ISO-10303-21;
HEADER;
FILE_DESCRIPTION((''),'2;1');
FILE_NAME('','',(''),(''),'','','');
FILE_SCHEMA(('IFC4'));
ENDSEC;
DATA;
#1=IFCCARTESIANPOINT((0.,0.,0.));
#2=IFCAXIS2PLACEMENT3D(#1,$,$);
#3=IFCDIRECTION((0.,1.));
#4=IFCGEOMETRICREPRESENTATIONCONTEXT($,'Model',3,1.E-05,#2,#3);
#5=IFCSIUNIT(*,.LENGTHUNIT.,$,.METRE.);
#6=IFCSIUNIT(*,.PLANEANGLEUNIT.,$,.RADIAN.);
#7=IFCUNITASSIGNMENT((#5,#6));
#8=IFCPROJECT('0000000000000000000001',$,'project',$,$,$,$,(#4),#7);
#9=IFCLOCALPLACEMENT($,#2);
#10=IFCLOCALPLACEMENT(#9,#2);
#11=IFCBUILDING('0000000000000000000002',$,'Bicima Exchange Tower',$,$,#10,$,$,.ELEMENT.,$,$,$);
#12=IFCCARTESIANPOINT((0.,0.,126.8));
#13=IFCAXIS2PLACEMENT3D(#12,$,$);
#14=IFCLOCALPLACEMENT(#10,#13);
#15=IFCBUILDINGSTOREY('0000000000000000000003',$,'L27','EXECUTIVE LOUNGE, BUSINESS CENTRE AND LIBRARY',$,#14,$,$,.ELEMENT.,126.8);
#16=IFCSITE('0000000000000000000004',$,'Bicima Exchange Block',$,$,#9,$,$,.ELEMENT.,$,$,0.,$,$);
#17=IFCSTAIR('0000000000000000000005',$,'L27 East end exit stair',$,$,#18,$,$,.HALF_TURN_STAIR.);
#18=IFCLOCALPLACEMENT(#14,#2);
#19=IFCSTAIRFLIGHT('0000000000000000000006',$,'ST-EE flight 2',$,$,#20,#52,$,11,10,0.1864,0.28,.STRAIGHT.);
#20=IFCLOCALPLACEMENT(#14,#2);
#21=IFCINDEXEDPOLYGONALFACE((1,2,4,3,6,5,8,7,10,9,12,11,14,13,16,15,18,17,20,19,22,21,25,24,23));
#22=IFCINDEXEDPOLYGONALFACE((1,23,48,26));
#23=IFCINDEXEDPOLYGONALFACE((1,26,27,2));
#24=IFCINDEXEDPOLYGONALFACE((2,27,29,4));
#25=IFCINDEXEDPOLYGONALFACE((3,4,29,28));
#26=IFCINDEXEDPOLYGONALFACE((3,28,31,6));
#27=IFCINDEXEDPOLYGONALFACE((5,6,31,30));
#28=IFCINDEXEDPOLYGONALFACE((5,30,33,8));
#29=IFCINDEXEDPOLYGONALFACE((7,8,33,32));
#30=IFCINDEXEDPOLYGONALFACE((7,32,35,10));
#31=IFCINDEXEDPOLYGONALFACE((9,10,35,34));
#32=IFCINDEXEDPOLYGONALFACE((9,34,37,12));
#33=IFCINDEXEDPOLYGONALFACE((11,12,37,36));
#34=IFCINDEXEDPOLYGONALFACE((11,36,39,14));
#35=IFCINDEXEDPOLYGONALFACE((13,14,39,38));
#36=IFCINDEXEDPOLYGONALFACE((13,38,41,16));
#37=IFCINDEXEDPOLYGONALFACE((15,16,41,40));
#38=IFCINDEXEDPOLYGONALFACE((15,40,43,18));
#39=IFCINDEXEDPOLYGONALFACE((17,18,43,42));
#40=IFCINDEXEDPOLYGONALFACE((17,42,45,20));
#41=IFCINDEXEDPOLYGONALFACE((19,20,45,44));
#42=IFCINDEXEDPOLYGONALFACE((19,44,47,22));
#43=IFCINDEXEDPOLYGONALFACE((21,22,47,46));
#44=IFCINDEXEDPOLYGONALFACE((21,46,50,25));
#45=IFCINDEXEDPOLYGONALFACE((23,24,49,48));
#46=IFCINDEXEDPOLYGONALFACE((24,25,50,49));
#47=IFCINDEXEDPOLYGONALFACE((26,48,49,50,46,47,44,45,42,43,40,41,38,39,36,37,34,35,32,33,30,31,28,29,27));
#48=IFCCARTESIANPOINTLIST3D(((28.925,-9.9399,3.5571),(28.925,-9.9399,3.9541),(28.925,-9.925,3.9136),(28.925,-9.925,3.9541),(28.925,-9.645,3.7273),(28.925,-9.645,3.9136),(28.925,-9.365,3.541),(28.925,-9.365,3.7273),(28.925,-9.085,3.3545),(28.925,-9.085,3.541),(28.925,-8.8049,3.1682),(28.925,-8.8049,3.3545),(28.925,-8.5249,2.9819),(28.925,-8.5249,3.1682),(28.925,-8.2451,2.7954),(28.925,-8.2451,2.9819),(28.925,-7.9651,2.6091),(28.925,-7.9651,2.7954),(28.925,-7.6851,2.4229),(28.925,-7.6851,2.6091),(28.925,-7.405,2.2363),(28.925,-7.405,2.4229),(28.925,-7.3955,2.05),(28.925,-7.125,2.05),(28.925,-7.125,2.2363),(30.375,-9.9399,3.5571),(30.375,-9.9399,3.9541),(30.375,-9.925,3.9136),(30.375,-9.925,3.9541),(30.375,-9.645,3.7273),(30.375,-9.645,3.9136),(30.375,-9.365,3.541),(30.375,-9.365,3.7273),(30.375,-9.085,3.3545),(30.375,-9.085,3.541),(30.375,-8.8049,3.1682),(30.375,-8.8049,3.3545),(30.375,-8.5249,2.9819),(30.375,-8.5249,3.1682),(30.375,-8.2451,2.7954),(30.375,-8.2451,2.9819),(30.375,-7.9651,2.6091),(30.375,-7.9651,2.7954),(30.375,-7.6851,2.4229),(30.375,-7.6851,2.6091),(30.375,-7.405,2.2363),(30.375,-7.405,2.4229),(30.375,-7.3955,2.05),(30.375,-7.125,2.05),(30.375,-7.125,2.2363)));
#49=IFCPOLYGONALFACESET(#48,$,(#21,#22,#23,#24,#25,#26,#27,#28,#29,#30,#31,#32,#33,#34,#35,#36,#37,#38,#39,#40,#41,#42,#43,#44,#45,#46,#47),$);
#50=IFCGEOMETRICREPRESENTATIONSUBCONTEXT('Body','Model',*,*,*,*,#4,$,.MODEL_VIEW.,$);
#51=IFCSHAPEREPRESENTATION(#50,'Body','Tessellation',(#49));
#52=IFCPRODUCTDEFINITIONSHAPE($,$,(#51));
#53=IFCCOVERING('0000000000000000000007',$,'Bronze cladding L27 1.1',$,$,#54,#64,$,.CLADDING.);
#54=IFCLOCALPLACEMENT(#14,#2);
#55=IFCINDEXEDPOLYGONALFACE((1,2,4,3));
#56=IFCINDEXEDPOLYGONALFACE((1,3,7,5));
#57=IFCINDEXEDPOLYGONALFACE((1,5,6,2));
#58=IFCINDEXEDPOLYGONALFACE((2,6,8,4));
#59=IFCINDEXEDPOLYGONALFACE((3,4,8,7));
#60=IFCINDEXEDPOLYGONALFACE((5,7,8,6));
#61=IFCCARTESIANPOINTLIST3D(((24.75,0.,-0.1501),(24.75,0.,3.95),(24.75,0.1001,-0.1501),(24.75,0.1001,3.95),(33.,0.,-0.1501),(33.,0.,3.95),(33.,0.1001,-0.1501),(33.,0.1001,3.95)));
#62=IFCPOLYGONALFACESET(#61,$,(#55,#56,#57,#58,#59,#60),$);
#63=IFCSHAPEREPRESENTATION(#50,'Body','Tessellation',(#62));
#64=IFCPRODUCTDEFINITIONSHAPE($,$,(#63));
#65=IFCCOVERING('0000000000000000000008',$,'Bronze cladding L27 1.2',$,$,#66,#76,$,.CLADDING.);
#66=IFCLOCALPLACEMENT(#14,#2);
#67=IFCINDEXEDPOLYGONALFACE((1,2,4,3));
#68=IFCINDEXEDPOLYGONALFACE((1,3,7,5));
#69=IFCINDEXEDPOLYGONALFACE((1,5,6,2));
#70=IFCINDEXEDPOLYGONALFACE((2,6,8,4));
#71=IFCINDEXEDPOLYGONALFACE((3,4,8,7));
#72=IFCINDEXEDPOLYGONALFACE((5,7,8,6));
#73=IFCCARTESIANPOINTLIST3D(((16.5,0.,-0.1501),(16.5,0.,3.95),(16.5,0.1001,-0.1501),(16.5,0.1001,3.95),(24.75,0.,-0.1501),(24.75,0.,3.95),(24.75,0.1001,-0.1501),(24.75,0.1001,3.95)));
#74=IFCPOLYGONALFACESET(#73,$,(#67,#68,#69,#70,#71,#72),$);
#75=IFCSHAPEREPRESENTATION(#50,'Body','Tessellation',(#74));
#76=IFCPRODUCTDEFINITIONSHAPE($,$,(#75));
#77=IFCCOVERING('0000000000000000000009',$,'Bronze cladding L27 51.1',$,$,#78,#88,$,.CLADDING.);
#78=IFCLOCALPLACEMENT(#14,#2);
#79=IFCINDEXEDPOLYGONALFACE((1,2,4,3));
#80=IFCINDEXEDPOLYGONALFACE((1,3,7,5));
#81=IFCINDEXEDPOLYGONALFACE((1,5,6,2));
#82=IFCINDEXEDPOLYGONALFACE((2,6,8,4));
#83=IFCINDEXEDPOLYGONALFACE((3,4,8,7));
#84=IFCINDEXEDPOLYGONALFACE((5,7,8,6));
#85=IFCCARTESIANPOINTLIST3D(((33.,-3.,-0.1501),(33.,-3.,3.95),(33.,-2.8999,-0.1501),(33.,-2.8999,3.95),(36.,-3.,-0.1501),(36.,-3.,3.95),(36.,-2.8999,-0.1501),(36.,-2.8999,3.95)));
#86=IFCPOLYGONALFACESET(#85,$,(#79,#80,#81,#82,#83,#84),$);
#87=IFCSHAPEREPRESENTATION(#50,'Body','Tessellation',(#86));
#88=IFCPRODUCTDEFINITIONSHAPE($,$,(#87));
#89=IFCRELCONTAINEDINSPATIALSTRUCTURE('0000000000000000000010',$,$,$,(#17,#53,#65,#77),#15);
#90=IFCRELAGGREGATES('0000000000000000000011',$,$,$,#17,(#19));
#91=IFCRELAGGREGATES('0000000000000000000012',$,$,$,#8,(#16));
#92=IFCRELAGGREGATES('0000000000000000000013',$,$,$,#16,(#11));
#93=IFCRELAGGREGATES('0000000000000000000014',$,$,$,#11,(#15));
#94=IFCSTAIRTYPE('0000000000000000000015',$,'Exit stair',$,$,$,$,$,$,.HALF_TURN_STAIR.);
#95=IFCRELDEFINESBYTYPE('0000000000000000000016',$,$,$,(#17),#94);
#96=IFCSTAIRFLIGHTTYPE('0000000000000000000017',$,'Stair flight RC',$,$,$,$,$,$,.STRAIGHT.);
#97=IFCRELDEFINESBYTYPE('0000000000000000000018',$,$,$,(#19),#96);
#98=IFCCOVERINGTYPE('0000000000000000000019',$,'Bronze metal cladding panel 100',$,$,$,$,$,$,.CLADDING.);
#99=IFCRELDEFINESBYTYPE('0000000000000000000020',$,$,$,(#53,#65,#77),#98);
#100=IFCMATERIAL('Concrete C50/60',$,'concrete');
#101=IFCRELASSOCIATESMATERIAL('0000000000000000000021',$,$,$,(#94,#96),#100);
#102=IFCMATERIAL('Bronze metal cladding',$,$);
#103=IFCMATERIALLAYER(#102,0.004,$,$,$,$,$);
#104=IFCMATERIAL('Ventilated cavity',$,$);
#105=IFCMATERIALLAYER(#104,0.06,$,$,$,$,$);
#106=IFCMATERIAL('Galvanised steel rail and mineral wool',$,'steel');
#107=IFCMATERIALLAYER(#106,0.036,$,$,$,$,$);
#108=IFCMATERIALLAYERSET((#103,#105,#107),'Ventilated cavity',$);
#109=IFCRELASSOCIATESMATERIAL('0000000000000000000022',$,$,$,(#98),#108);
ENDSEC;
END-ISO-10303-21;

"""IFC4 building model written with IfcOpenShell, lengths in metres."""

from ifc_helpers import new_model, si_unit, direction, frame, origin, origin_2d, place, context, subcontext, project, spatial, polyline, rectangle, outline, extrude, material, layer, layer_set, type_object, element, aggregate, save


model = new_model("IFC4")

# Units and contexts
model_context = context("Model", 3, precision=1e-05, world=origin(), true_north=direction((0.0, 1.0)))
body_context = subcontext(model_context, "Body", "Model", "MODEL_VIEW")
ifc_project = project(units=[si_unit("LENGTHUNIT", "METRE"), si_unit("PLANEANGLEUNIT", "RADIAN")], contexts=[model_context])

# Site, building, storey
site_placement = place(None, origin())
site = spatial("IfcSite", under=ifc_project, at=site_placement, Name="Bicima Exchange Block", CompositionType="ELEMENT", RefElevation=0.0)
building_placement = place(site_placement, origin())
building = spatial("IfcBuilding", under=site, at=building_placement, Name="Bicima Exchange Tower", CompositionType="ELEMENT")
storey_placement = place(building_placement, frame((0.0, 0.0, 126.8)))
storey = spatial("IfcBuildingStorey", under=building, at=storey_placement, Name="L27", Description="EXECUTIVE LOUNGE, BUSINESS CENTRE AND LIBRARY", CompositionType="ELEMENT", Elevation=126.8)

# Shared definitions
ifc_material_1 = material(Name="Concrete C50/60", Category="concrete")

# Stair, stair flight
stair_type = type_object("IfcStairType", Name="Exit stair", PredefinedType="HALF_TURN_STAIR", material=ifc_material_1)
stair_flight_type = type_object("IfcStairFlightType", Name="Stair flight RC", PredefinedType="STRAIGHT", material=ifc_material_1)
stair_1_placement = place(storey_placement, origin())
stair_1 = element("IfcStair", 1, at=stair_1_placement, inside=storey, type_object=stair_type, Name="L27 East end exit stair", PredefinedType="HALF_TURN_STAIR")
stair_flight_1_placement = place(storey_placement, frame((29.6499, -7.125, 2.05), z_axis=(0.0, 0.0, 1.0), x_axis=(0.0, -1.0, 0.0)))
stair_flight_1 = element("IfcStairFlight", 2, at=stair_flight_1_placement, type_object=stair_flight_type, Name="ST-EE flight 2", NumberOfRisers=11, NumberOfTreads=10, PredefinedType="STRAIGHT", RiserHeight=0.1864, TreadLength=0.28, context=body_context, shape_type="SweptSolid", body=[
    extrude(outline(polyline([(0.0, 0.0), (0.0, 0.1863), (0.28, 0.1863), (0.28, 0.3728), (0.5601, 0.3728), (0.5601, 0.5591), (0.8401, 0.5591), (0.8401, 0.7454), (1.1201, 0.7454), (1.1201, 0.9319), (1.3999, 0.9319), (1.3999, 1.1182), (1.6799, 1.1182), (1.6799, 1.3044), (1.96, 1.3044), (1.96, 1.491), (2.24, 1.491), (2.24, 1.6772), (2.52, 1.6772), (2.52, 1.8635), (2.8, 1.8635), (2.8, 1.9041), (2.8149, 1.9041), (2.8149, 1.5071), (0.2705, 0.0), (0.0, 0.0)])), frame((0.0, 0.7251, 0.0), z_axis=(0.0, -1.0, 0.0), x_axis=(1.0, 0.0, 0.0)), (0.0, 0.0, 1.0), 1.45),
])
aggregate(stair_1, [stair_flight_1])

# Coverings
ifc_material_2 = material(Name="Bronze metal cladding")
ifc_layer_1 = layer(ifc_material_2, 0.004)
ifc_material_3 = material(Name="Ventilated cavity")
ifc_layer_2 = layer(ifc_material_3, 0.06)
ifc_material_4 = material(Name="Galvanised steel rail and mineral wool", Category="steel")
ifc_layer_3 = layer(ifc_material_4, 0.036)
ifc_layer_set_1 = layer_set([ifc_layer_1, ifc_layer_2, ifc_layer_3], Name="Ventilated cavity")
covering_type = type_object("IfcCoveringType", Name="Bronze metal cladding panel 100", PredefinedType="CLADDING", material=ifc_layer_set_1)
for number, where, z_axis, x_axis, name in (
    (3, (28.875, 0.05, -0.1501), (0.0, 0.0, 1.0), (-1.0, 0.0, 0.0), "Bronze cladding L27 1.1"),
    (4, (20.625, 0.05, -0.1501), (0.0, 0.0, 1.0), (-1.0, 0.0, 0.0), "Bronze cladding L27 1.2"),
):
    element("IfcCovering", number, at=place(storey_placement, frame(where, z_axis=z_axis, x_axis=x_axis)), inside=storey, type_object=covering_type, Name=name, PredefinedType="CLADDING", context=body_context, shape_type="SweptSolid", body=[
        extrude(rectangle(XDim=8.25, YDim=0.1001, at=origin_2d()), origin(), (0.0, 0.0, 1.0), 4.1001),
    ])
covering_placement = place(storey_placement, frame((34.5, -2.95, -0.1501), z_axis=(0.0, 0.0, 1.0), x_axis=(-1.0, 0.0, 0.0)))
element("IfcCovering", 5, at=covering_placement, inside=storey, type_object=covering_type, Name="Bronze cladding L27 51.1", PredefinedType="CLADDING", context=body_context, shape_type="SweptSolid", body=[
    extrude(rectangle(XDim=3.0, YDim=0.1001, at=origin_2d()), origin(), (0.0, 0.0, 1.0), 4.1001),
])

save(model, "model.ifc")
